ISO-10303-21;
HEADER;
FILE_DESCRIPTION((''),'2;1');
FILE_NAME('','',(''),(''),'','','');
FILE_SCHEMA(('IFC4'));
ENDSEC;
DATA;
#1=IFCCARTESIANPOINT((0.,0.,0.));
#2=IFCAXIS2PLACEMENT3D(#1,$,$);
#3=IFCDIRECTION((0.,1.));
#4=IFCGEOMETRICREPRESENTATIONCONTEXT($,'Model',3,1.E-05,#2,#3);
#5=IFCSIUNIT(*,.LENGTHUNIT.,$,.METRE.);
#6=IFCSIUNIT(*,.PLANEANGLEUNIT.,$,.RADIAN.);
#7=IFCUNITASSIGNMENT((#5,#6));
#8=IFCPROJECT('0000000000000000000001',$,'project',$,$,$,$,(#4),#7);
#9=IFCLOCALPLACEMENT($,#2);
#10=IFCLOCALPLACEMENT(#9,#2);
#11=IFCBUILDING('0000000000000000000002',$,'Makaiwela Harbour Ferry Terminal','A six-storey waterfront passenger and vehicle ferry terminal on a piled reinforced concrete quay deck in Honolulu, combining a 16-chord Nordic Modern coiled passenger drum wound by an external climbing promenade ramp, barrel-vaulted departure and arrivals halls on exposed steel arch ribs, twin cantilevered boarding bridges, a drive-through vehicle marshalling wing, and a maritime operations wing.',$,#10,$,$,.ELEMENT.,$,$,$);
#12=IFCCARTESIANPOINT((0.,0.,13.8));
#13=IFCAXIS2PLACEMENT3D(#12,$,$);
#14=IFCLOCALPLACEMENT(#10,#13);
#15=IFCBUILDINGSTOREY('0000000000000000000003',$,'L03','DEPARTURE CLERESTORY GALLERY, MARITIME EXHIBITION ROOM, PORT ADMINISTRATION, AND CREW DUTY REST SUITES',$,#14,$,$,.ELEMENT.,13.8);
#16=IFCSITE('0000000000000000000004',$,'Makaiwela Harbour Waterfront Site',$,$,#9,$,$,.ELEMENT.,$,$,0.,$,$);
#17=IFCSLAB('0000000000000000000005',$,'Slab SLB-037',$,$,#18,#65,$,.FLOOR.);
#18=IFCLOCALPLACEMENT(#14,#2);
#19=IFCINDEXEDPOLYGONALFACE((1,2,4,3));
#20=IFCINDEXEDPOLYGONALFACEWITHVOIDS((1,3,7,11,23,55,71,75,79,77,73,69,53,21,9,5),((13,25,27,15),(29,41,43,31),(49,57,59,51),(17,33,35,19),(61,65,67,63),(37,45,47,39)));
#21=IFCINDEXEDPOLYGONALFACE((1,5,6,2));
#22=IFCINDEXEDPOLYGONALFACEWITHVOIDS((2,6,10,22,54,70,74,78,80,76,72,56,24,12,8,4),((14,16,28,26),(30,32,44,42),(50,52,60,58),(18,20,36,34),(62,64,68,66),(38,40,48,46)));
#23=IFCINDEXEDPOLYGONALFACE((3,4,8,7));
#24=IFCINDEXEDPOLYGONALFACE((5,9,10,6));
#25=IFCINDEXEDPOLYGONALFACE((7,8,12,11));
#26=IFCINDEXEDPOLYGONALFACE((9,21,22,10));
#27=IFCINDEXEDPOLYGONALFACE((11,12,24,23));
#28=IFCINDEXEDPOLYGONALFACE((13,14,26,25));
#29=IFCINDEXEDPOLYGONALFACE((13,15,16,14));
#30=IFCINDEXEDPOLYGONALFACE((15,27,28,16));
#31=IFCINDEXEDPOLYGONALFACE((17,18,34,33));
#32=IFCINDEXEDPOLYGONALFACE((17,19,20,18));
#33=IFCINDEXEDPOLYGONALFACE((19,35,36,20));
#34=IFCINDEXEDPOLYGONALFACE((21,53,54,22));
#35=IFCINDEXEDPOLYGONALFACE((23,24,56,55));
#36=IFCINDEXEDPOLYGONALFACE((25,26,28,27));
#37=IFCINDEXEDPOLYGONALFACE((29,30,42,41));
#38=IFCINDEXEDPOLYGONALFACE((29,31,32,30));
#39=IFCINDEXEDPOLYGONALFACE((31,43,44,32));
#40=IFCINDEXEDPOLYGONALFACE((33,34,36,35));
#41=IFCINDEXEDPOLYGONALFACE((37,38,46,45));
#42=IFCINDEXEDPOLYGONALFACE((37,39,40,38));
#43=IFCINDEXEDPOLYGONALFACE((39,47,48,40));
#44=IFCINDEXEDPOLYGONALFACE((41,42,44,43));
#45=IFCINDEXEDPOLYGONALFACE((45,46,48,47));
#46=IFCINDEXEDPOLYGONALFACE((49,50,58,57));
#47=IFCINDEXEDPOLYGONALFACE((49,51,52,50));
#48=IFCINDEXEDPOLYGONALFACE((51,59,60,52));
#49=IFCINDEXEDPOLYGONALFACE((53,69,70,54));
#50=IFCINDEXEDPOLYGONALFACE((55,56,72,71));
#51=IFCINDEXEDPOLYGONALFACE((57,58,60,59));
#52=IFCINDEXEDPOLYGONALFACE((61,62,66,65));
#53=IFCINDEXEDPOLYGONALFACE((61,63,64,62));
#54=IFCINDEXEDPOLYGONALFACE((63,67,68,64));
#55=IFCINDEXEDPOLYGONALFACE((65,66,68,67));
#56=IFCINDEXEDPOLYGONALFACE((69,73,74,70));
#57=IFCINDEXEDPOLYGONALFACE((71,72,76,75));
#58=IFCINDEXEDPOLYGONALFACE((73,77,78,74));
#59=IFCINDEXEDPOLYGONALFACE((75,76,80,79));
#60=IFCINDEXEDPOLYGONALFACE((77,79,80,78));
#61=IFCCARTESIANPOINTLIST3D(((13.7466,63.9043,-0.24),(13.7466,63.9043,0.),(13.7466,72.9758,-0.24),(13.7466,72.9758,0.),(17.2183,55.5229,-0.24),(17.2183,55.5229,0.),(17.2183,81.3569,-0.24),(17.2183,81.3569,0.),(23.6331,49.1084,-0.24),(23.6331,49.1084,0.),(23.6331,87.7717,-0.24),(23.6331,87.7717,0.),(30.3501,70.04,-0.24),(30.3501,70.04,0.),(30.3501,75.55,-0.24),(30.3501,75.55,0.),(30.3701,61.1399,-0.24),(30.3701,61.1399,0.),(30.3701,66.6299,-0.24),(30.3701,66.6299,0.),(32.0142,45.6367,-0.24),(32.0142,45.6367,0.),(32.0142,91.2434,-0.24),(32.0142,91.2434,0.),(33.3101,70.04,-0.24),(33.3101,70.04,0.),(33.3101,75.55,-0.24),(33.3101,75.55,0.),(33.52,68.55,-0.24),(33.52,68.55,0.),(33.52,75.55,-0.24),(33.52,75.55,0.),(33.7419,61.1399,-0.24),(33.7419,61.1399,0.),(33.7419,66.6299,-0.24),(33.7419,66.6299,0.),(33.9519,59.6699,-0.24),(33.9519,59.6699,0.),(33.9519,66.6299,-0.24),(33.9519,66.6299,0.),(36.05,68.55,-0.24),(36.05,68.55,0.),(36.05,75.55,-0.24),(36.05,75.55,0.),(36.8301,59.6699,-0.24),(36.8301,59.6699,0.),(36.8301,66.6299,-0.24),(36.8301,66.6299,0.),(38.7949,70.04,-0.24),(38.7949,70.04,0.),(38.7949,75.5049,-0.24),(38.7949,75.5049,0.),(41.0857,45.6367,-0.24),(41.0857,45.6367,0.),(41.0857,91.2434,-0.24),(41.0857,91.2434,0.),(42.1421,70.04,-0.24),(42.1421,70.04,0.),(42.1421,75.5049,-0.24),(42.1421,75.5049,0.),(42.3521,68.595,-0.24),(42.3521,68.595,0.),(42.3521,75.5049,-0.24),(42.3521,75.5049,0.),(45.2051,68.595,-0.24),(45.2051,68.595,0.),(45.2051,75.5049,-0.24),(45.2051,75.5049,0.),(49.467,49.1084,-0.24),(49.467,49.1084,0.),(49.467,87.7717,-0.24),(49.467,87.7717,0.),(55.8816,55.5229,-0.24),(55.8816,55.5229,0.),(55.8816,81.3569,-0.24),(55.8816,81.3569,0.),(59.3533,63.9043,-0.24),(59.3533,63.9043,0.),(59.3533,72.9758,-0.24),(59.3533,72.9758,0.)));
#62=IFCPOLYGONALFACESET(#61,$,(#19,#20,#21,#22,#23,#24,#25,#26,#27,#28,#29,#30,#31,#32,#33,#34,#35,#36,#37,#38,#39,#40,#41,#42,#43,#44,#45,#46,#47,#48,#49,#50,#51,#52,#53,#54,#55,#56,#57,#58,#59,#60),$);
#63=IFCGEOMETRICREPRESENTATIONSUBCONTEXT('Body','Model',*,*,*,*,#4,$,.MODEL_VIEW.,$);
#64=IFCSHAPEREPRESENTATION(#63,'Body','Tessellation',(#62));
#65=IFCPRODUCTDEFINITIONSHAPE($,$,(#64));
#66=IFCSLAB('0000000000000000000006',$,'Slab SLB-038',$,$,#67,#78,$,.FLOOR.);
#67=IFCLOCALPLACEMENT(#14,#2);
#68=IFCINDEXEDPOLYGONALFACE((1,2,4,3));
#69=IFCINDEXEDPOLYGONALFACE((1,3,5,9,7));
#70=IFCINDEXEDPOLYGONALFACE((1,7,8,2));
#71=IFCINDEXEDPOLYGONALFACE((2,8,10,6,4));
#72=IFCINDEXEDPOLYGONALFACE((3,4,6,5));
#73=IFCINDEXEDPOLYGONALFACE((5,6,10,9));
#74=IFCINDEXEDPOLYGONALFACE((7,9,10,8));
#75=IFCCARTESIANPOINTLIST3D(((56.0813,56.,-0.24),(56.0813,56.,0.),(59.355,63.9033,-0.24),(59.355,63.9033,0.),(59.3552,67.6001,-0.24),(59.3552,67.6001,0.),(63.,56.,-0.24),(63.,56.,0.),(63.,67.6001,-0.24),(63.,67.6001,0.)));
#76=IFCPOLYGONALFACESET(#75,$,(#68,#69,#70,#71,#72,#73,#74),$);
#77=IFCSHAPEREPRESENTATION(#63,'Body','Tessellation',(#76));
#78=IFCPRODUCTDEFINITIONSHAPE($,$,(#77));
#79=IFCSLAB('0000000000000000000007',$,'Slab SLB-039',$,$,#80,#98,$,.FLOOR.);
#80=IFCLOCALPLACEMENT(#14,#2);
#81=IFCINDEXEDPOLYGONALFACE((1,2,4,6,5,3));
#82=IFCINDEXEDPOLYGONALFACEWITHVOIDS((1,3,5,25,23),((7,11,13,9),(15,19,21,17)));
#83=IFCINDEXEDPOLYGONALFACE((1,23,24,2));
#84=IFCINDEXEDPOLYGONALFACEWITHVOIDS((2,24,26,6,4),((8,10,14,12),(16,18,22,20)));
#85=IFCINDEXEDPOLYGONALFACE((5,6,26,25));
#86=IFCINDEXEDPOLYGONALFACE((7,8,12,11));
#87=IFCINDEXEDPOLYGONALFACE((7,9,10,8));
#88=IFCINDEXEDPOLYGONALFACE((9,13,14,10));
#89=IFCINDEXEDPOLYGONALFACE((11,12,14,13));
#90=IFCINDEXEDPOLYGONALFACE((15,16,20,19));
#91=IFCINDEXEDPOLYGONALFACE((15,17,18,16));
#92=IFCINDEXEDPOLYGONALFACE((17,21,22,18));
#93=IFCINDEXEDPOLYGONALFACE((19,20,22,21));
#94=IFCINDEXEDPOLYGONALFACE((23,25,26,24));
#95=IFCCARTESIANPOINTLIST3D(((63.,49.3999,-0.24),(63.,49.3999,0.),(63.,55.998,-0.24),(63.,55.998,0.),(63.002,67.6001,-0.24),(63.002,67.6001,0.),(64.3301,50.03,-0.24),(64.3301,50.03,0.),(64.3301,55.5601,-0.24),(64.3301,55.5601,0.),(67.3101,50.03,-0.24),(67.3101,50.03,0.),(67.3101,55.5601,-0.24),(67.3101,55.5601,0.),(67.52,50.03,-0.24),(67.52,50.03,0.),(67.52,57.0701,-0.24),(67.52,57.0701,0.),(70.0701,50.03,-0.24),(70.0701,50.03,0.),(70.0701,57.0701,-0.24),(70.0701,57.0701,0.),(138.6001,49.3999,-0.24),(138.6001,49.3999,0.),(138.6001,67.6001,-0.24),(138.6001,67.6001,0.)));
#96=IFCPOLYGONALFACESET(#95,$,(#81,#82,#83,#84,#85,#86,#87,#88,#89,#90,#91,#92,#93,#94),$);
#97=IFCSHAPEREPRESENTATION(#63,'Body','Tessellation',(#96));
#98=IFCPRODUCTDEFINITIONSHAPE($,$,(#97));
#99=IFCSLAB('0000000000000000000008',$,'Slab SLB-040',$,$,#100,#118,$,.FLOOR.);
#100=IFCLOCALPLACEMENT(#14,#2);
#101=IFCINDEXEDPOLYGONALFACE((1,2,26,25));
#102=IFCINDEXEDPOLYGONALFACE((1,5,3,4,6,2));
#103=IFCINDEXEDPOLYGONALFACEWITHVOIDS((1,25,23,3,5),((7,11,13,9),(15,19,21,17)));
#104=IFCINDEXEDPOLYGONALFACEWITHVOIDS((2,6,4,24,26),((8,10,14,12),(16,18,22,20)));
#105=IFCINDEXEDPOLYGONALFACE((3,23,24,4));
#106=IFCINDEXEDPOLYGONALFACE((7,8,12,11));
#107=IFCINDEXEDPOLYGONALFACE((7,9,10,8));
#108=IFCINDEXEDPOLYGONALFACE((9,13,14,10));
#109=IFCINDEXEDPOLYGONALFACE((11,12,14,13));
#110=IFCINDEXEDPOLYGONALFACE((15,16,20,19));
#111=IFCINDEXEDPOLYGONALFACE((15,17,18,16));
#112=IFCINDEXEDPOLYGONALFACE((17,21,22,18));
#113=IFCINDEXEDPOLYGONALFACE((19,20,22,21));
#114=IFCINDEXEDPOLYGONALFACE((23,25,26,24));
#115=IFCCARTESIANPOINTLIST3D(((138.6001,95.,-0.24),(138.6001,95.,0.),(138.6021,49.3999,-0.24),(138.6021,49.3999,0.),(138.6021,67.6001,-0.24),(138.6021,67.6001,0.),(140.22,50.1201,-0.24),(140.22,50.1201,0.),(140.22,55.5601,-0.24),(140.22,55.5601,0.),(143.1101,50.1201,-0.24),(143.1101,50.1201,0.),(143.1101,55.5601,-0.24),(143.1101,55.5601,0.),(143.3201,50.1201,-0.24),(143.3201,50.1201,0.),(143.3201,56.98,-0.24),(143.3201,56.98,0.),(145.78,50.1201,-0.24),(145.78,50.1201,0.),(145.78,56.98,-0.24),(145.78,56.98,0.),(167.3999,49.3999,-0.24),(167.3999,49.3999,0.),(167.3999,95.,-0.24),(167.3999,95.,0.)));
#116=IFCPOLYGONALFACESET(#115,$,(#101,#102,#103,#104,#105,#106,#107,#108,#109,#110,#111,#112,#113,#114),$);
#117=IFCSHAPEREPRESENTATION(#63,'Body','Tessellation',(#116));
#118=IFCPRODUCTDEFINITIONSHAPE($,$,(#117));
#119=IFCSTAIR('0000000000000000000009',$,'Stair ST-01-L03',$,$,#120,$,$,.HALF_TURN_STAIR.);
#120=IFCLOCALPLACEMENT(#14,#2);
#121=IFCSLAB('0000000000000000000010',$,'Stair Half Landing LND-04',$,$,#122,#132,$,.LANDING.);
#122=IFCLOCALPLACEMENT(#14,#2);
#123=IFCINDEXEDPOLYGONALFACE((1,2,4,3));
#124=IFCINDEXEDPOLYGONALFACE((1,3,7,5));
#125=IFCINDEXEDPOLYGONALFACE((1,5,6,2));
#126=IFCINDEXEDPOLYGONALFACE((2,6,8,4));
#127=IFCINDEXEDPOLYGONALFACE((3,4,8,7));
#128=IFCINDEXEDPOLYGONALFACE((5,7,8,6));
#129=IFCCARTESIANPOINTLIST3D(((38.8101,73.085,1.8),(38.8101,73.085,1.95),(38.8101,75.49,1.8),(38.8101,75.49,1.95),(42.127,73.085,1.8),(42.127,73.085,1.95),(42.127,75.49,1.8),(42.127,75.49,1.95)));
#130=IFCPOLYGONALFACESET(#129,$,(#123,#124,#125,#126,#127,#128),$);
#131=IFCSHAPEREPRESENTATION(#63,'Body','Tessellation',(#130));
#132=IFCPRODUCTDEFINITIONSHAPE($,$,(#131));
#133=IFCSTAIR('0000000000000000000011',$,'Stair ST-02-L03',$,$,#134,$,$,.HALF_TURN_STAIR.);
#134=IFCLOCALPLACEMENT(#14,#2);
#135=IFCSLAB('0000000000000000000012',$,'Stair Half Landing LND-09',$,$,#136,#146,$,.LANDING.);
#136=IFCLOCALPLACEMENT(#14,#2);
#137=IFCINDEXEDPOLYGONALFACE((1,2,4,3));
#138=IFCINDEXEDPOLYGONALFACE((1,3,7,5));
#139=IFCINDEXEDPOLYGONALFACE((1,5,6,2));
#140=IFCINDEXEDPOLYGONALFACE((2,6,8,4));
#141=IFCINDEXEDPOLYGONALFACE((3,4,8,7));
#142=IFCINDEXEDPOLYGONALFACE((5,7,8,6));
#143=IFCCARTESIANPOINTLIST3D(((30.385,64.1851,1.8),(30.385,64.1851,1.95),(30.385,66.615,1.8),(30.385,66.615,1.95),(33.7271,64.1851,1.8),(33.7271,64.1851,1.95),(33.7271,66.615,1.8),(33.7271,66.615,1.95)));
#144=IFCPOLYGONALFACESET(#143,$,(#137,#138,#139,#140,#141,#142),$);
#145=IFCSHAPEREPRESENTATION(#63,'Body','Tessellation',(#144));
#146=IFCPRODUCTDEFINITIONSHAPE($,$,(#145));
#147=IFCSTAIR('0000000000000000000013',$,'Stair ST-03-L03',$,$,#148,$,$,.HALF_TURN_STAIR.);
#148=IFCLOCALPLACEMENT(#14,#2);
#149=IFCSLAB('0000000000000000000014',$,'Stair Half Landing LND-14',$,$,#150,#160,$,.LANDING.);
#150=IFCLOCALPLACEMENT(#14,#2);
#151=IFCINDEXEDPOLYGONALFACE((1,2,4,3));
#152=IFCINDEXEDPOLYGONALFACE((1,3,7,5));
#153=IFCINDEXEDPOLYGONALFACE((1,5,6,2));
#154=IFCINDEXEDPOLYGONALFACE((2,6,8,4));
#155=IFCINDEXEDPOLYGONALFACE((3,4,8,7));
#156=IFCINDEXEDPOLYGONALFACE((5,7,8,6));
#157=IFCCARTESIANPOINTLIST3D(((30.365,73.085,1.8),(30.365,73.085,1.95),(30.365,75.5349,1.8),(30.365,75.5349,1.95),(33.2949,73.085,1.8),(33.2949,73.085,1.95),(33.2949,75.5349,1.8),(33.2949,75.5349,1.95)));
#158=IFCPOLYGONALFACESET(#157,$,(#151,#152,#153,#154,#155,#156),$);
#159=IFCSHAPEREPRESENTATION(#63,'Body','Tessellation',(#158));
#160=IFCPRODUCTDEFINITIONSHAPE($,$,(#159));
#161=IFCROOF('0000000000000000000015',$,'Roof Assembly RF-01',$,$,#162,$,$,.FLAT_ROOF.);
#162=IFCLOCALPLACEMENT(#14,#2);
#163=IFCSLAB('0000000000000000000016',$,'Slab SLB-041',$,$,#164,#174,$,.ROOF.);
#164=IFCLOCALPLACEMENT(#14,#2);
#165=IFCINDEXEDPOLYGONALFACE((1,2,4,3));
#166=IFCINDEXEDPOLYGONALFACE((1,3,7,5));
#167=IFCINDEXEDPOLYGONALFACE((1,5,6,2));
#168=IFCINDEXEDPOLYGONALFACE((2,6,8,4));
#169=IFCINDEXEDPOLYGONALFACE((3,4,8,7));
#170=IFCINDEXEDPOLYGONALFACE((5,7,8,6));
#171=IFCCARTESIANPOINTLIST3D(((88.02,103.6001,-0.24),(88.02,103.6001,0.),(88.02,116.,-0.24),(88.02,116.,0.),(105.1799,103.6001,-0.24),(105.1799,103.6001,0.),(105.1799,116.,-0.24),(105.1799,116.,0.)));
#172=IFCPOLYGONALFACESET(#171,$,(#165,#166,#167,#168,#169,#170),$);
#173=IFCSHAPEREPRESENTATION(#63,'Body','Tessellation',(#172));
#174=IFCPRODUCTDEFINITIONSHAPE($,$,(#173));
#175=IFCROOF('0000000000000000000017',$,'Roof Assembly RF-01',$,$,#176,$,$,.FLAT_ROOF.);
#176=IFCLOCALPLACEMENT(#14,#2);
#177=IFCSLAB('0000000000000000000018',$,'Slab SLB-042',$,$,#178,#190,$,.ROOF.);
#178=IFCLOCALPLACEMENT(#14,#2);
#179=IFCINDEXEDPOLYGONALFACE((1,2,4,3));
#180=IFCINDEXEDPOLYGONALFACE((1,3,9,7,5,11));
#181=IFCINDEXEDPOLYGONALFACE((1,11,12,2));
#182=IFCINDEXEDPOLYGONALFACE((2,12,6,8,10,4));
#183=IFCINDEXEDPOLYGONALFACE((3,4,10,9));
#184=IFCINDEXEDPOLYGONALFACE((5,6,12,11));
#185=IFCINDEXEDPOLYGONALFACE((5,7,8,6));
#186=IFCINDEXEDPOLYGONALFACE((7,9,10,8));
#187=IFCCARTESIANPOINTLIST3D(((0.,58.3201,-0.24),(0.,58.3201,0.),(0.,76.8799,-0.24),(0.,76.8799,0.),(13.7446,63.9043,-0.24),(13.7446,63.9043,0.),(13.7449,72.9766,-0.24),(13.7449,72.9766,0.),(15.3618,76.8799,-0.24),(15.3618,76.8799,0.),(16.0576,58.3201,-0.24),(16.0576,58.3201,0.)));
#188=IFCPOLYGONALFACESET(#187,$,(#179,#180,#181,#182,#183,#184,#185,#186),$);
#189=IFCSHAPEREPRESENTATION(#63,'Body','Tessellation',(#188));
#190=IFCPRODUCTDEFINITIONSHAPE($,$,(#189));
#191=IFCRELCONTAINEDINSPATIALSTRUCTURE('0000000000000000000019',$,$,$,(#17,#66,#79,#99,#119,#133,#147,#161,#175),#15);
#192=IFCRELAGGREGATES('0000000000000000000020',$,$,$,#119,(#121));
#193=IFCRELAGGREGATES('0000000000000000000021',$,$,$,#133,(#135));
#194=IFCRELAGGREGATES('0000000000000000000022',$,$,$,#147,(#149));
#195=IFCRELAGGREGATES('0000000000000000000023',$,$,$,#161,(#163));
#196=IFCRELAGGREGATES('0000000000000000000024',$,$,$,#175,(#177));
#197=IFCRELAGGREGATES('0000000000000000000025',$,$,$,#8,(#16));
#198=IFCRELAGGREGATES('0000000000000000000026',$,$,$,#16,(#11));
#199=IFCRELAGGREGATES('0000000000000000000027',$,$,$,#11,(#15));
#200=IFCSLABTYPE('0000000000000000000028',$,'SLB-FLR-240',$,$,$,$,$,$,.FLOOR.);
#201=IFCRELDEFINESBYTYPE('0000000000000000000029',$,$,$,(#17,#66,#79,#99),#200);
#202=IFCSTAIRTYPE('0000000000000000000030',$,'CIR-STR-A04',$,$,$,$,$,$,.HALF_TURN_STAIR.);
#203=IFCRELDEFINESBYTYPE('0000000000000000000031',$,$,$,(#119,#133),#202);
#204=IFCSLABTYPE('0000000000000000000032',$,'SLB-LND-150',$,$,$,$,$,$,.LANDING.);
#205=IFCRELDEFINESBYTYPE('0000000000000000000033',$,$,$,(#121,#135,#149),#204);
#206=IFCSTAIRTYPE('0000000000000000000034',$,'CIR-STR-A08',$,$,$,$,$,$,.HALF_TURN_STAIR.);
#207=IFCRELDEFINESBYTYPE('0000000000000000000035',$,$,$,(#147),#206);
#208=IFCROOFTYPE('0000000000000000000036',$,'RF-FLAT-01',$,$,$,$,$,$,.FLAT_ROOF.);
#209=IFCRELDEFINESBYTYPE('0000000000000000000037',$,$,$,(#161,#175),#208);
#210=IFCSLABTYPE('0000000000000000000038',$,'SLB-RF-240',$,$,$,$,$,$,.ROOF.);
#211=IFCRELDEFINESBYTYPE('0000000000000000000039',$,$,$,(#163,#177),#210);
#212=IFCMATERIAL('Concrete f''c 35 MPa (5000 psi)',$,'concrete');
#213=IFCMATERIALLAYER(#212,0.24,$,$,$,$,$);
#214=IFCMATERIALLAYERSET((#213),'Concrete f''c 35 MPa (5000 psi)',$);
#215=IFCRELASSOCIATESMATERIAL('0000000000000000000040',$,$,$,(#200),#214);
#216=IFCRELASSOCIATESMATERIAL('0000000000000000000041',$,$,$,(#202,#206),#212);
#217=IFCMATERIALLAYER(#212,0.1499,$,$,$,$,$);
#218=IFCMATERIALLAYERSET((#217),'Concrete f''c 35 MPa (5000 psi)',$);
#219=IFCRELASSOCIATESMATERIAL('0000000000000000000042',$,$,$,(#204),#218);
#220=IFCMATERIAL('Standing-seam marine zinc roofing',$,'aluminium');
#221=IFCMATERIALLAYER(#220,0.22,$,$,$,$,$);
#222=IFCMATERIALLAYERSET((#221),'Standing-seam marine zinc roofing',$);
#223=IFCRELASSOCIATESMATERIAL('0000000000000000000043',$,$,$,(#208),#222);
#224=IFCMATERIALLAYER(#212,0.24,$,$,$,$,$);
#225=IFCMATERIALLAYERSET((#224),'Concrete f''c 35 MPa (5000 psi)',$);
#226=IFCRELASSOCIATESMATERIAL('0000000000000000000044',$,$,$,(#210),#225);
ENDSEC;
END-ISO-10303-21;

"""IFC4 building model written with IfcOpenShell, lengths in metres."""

from ifc_helpers import new_model, si_unit, direction, frame, origin, place, context, subcontext, project, spatial, polyline, outline, extrude, material, layer, layer_set, type_object, element, aggregate, save


model = new_model("IFC4")

# Units and contexts
model_context = context("Model", 3, precision=1e-05, world=origin(), true_north=direction((0.0, 1.0)))
body_context = subcontext(model_context, "Body", "Model", "MODEL_VIEW")
ifc_project = project(units=[si_unit("LENGTHUNIT", "METRE"), si_unit("PLANEANGLEUNIT", "RADIAN")], contexts=[model_context])

# Site, building, storey
site_placement = place(None, origin())
site = spatial("IfcSite", under=ifc_project, at=site_placement, Name="Makaiwela Harbour Waterfront Site", CompositionType="ELEMENT", RefElevation=0.0)
building_placement = place(site_placement, origin())
building = spatial("IfcBuilding", under=site, at=building_placement, Name="Makaiwela Harbour Ferry Terminal", Description="A six-storey waterfront passenger and vehicle ferry terminal on a piled reinforced concrete quay deck in Honolulu, combining a 16-chord Nordic Modern coiled passenger drum wound by an external climbing promenade ramp, barrel-vaulted departure and arrivals halls on exposed steel arch ribs, twin cantilevered boarding bridges, a drive-through vehicle marshalling wing, and a maritime operations wing.", CompositionType="ELEMENT")
storey_placement = place(building_placement, frame((0.0, 0.0, 13.8)))
storey = spatial("IfcBuildingStorey", under=building, at=storey_placement, Name="L03", Description="DEPARTURE CLERESTORY GALLERY, MARITIME EXHIBITION ROOM, PORT ADMINISTRATION, AND CREW DUTY REST SUITES", CompositionType="ELEMENT", Elevation=13.8)

# Slabs
ifc_material_1 = material(Name="Concrete f'c 35 MPa (5000 psi)", Category="concrete")
ifc_layer_1 = layer(ifc_material_1, 0.24)
ifc_layer_set_1 = layer_set([ifc_layer_1], Name="Concrete f'c 35 MPa (5000 psi)")
slab_type_1 = type_object("IfcSlabType", Name="SLB-FLR-240", PredefinedType="FLOOR", material=ifc_layer_set_1)
slab_1_placement = place(storey_placement, frame((0.0, 0.0, -0.24)))
element("IfcSlab", 1, at=slab_1_placement, inside=storey, type_object=slab_type_1, Name="Slab SLB-037", PredefinedType="FLOOR", context=body_context, shape_type="SweptSolid", body=[
    extrude(outline(polyline([(59.3533, 72.9758), (55.8816, 81.3569), (49.467, 87.7717), (41.0857, 91.2434), (32.0142, 91.2434), (23.6331, 87.7717), (17.2183, 81.3569), (13.7466, 72.9758), (13.7466, 63.9043), (17.2183, 55.5229), (23.6331, 49.1084), (32.0142, 45.6367), (41.0857, 45.6367), (49.467, 49.1084), (55.8816, 55.5229), (59.3533, 63.9043), (59.3533, 72.9758)]), holes=[polyline([(38.7949, 70.04), (38.7949, 75.5049), (42.1421, 75.5049), (42.1421, 70.04), (38.7949, 70.04)]), polyline([(42.3521, 68.595), (42.3521, 75.5049), (45.2051, 75.5049), (45.2051, 68.595), (42.3521, 68.595)]), polyline([(30.3701, 61.1399), (30.3701, 66.6299), (33.7419, 66.6299), (33.7419, 61.1399), (30.3701, 61.1399)]), polyline([(33.9519, 59.6699), (33.9519, 66.6299), (36.8301, 66.6299), (36.8301, 59.6699), (33.9519, 59.6699)]), polyline([(30.3501, 70.04), (30.3501, 75.55), (33.3101, 75.55), (33.3101, 70.04), (30.3501, 70.04)]), polyline([(33.52, 68.55), (33.52, 75.55), (36.05, 75.55), (36.05, 68.55), (33.52, 68.55)])]), origin(), (0.0, 0.0, 1.0), 0.24),
])
slab_2_placement = place(storey_placement, frame((0.0, 0.0, -0.24)))
element("IfcSlab", 2, at=slab_2_placement, inside=storey, type_object=slab_type_1, Name="Slab SLB-038", PredefinedType="FLOOR", context=body_context, shape_type="SweptSolid", body=[
    extrude(outline(polyline([(59.3552, 67.6001), (59.355, 63.9033), (56.0813, 56.0), (63.0, 56.0), (63.0, 67.6001), (59.3552, 67.6001)])), origin(), (0.0, 0.0, 1.0), 0.24),
])
slab_3_placement = place(storey_placement, frame((0.0, 0.0, -0.24)))
element("IfcSlab", 3, at=slab_3_placement, inside=storey, type_object=slab_type_1, Name="Slab SLB-039", PredefinedType="FLOOR", context=body_context, shape_type="SweptSolid", body=[
    extrude(outline(polyline([(63.002, 67.6001), (63.0, 55.998), (63.0, 49.3999), (138.6001, 49.3999), (138.6001, 67.6001), (63.002, 67.6001)]), holes=[polyline([(64.3301, 50.03), (64.3301, 55.5601), (67.3101, 55.5601), (67.3101, 50.03), (64.3301, 50.03)]), polyline([(67.52, 50.03), (67.52, 57.0701), (70.0701, 57.0701), (70.0701, 50.03), (67.52, 50.03)])]), origin(), (0.0, 0.0, 1.0), 0.24),
])
slab_4_placement = place(storey_placement, frame((0.0, 0.0, -0.24)))
element("IfcSlab", 4, at=slab_4_placement, inside=storey, type_object=slab_type_1, Name="Slab SLB-040", PredefinedType="FLOOR", context=body_context, shape_type="SweptSolid", body=[
    extrude(outline(polyline([(138.6021, 67.6001), (138.6021, 49.3999), (167.3999, 49.3999), (167.3999, 95.0), (138.6001, 95.0), (138.6021, 67.6001)]), holes=[polyline([(140.22, 50.1201), (140.22, 55.5601), (143.1101, 55.5601), (143.1101, 50.1201), (140.22, 50.1201)]), polyline([(143.3201, 50.1201), (143.3201, 56.98), (145.78, 56.98), (145.78, 50.1201), (143.3201, 50.1201)])]), origin(), (0.0, 0.0, 1.0), 0.24),
])

# Stairs, slabs
stair_type_1 = type_object("IfcStairType", Name="CIR-STR-A04", PredefinedType="HALF_TURN_STAIR", material=ifc_material_1)
stair_1_placement = place(storey_placement, origin())
stair_1 = element("IfcStair", 5, at=stair_1_placement, inside=storey, type_object=stair_type_1, Name="Stair ST-01-L03", PredefinedType="HALF_TURN_STAIR")
ifc_layer_2 = layer(ifc_material_1, 0.1499)
ifc_layer_set_2 = layer_set([ifc_layer_2], Name="Concrete f'c 35 MPa (5000 psi)")
slab_type_2 = type_object("IfcSlabType", Name="SLB-LND-150", PredefinedType="LANDING", material=ifc_layer_set_2)
slab_5_placement = place(storey_placement, frame((0.0, 0.0, 1.8)))
slab_5 = element("IfcSlab", 6, at=slab_5_placement, type_object=slab_type_2, Name="Stair Half Landing LND-04", PredefinedType="LANDING", context=body_context, shape_type="SweptSolid", body=[
    extrude(outline(polyline([(38.8101, 73.085), (42.127, 73.085), (42.127, 75.49), (38.8101, 75.49), (38.8101, 73.085)])), origin(), (0.0, 0.0, 1.0), 0.1499),
])
aggregate(stair_1, [slab_5])
stair_2_placement = place(storey_placement, origin())
stair_2 = element("IfcStair", 7, at=stair_2_placement, inside=storey, type_object=stair_type_1, Name="Stair ST-02-L03", PredefinedType="HALF_TURN_STAIR")
slab_6_placement = place(storey_placement, frame((0.0, 0.0, 1.8)))
slab_6 = element("IfcSlab", 8, at=slab_6_placement, type_object=slab_type_2, Name="Stair Half Landing LND-09", PredefinedType="LANDING", context=body_context, shape_type="SweptSolid", body=[
    extrude(outline(polyline([(30.385, 64.1851), (33.7271, 64.1851), (33.7271, 66.615), (30.385, 66.615), (30.385, 64.1851)])), origin(), (0.0, 0.0, 1.0), 0.1499),
])
aggregate(stair_2, [slab_6])
stair_type_2 = type_object("IfcStairType", Name="CIR-STR-A08", PredefinedType="HALF_TURN_STAIR", material=ifc_material_1)
stair_3_placement = place(storey_placement, origin())
stair_3 = element("IfcStair", 9, at=stair_3_placement, inside=storey, type_object=stair_type_2, Name="Stair ST-03-L03", PredefinedType="HALF_TURN_STAIR")
slab_7_placement = place(storey_placement, frame((0.0, 0.0, 1.8)))
slab_7 = element("IfcSlab", 10, at=slab_7_placement, type_object=slab_type_2, Name="Stair Half Landing LND-14", PredefinedType="LANDING", context=body_context, shape_type="SweptSolid", body=[
    extrude(outline(polyline([(30.365, 73.085), (33.2949, 73.085), (33.2949, 75.5349), (30.365, 75.5349), (30.365, 73.085)])), origin(), (0.0, 0.0, 1.0), 0.1499),
])
aggregate(stair_3, [slab_7])

# Roofs, slabs
ifc_material_2 = material(Name="Standing-seam marine zinc roofing", Category="aluminium")
ifc_layer_3 = layer(ifc_material_2, 0.22)
ifc_layer_set_3 = layer_set([ifc_layer_3], Name="Standing-seam marine zinc roofing")
roof_type = type_object("IfcRoofType", Name="RF-FLAT-01", PredefinedType="FLAT_ROOF", material=ifc_layer_set_3)
roof_1_placement = place(storey_placement, origin())
roof_1 = element("IfcRoof", 11, at=roof_1_placement, inside=storey, type_object=roof_type, Name="Roof Assembly RF-01", PredefinedType="FLAT_ROOF")
ifc_layer_4 = layer(ifc_material_1, 0.24)
ifc_layer_set_4 = layer_set([ifc_layer_4], Name="Concrete f'c 35 MPa (5000 psi)")
slab_type_3 = type_object("IfcSlabType", Name="SLB-RF-240", PredefinedType="ROOF", material=ifc_layer_set_4)
slab_8_placement = place(storey_placement, frame((0.0, 0.0, -0.24)))
slab_8 = element("IfcSlab", 12, at=slab_8_placement, type_object=slab_type_3, Name="Slab SLB-041", PredefinedType="ROOF", context=body_context, shape_type="SweptSolid", body=[
    extrude(outline(polyline([(88.02, 103.6001), (105.1799, 103.6001), (105.1799, 116.0), (88.02, 116.0), (88.02, 103.6001)])), origin(), (0.0, 0.0, 1.0), 0.24),
])
roof_2_placement = place(storey_placement, origin())
roof_2 = element("IfcRoof", 13, at=roof_2_placement, inside=storey, type_object=roof_type, Name="Roof Assembly RF-01", PredefinedType="FLAT_ROOF")
slab_9_placement = place(storey_placement, frame((0.0, 0.0, -0.24)))
slab_9 = element("IfcSlab", 14, at=slab_9_placement, type_object=slab_type_3, Name="Slab SLB-042", PredefinedType="ROOF", context=body_context, shape_type="SweptSolid", body=[
    extrude(outline(polyline([(16.0576, 58.3201), (13.7446, 63.9043), (13.7449, 72.9766), (15.3618, 76.8799), (0.0, 76.8799), (0.0, 58.3201), (16.0576, 58.3201)])), origin(), (0.0, 0.0, 1.0), 0.24),
])

aggregate(roof_1, [slab_8])
aggregate(roof_2, [slab_9])

save(model, "model.ifc")
